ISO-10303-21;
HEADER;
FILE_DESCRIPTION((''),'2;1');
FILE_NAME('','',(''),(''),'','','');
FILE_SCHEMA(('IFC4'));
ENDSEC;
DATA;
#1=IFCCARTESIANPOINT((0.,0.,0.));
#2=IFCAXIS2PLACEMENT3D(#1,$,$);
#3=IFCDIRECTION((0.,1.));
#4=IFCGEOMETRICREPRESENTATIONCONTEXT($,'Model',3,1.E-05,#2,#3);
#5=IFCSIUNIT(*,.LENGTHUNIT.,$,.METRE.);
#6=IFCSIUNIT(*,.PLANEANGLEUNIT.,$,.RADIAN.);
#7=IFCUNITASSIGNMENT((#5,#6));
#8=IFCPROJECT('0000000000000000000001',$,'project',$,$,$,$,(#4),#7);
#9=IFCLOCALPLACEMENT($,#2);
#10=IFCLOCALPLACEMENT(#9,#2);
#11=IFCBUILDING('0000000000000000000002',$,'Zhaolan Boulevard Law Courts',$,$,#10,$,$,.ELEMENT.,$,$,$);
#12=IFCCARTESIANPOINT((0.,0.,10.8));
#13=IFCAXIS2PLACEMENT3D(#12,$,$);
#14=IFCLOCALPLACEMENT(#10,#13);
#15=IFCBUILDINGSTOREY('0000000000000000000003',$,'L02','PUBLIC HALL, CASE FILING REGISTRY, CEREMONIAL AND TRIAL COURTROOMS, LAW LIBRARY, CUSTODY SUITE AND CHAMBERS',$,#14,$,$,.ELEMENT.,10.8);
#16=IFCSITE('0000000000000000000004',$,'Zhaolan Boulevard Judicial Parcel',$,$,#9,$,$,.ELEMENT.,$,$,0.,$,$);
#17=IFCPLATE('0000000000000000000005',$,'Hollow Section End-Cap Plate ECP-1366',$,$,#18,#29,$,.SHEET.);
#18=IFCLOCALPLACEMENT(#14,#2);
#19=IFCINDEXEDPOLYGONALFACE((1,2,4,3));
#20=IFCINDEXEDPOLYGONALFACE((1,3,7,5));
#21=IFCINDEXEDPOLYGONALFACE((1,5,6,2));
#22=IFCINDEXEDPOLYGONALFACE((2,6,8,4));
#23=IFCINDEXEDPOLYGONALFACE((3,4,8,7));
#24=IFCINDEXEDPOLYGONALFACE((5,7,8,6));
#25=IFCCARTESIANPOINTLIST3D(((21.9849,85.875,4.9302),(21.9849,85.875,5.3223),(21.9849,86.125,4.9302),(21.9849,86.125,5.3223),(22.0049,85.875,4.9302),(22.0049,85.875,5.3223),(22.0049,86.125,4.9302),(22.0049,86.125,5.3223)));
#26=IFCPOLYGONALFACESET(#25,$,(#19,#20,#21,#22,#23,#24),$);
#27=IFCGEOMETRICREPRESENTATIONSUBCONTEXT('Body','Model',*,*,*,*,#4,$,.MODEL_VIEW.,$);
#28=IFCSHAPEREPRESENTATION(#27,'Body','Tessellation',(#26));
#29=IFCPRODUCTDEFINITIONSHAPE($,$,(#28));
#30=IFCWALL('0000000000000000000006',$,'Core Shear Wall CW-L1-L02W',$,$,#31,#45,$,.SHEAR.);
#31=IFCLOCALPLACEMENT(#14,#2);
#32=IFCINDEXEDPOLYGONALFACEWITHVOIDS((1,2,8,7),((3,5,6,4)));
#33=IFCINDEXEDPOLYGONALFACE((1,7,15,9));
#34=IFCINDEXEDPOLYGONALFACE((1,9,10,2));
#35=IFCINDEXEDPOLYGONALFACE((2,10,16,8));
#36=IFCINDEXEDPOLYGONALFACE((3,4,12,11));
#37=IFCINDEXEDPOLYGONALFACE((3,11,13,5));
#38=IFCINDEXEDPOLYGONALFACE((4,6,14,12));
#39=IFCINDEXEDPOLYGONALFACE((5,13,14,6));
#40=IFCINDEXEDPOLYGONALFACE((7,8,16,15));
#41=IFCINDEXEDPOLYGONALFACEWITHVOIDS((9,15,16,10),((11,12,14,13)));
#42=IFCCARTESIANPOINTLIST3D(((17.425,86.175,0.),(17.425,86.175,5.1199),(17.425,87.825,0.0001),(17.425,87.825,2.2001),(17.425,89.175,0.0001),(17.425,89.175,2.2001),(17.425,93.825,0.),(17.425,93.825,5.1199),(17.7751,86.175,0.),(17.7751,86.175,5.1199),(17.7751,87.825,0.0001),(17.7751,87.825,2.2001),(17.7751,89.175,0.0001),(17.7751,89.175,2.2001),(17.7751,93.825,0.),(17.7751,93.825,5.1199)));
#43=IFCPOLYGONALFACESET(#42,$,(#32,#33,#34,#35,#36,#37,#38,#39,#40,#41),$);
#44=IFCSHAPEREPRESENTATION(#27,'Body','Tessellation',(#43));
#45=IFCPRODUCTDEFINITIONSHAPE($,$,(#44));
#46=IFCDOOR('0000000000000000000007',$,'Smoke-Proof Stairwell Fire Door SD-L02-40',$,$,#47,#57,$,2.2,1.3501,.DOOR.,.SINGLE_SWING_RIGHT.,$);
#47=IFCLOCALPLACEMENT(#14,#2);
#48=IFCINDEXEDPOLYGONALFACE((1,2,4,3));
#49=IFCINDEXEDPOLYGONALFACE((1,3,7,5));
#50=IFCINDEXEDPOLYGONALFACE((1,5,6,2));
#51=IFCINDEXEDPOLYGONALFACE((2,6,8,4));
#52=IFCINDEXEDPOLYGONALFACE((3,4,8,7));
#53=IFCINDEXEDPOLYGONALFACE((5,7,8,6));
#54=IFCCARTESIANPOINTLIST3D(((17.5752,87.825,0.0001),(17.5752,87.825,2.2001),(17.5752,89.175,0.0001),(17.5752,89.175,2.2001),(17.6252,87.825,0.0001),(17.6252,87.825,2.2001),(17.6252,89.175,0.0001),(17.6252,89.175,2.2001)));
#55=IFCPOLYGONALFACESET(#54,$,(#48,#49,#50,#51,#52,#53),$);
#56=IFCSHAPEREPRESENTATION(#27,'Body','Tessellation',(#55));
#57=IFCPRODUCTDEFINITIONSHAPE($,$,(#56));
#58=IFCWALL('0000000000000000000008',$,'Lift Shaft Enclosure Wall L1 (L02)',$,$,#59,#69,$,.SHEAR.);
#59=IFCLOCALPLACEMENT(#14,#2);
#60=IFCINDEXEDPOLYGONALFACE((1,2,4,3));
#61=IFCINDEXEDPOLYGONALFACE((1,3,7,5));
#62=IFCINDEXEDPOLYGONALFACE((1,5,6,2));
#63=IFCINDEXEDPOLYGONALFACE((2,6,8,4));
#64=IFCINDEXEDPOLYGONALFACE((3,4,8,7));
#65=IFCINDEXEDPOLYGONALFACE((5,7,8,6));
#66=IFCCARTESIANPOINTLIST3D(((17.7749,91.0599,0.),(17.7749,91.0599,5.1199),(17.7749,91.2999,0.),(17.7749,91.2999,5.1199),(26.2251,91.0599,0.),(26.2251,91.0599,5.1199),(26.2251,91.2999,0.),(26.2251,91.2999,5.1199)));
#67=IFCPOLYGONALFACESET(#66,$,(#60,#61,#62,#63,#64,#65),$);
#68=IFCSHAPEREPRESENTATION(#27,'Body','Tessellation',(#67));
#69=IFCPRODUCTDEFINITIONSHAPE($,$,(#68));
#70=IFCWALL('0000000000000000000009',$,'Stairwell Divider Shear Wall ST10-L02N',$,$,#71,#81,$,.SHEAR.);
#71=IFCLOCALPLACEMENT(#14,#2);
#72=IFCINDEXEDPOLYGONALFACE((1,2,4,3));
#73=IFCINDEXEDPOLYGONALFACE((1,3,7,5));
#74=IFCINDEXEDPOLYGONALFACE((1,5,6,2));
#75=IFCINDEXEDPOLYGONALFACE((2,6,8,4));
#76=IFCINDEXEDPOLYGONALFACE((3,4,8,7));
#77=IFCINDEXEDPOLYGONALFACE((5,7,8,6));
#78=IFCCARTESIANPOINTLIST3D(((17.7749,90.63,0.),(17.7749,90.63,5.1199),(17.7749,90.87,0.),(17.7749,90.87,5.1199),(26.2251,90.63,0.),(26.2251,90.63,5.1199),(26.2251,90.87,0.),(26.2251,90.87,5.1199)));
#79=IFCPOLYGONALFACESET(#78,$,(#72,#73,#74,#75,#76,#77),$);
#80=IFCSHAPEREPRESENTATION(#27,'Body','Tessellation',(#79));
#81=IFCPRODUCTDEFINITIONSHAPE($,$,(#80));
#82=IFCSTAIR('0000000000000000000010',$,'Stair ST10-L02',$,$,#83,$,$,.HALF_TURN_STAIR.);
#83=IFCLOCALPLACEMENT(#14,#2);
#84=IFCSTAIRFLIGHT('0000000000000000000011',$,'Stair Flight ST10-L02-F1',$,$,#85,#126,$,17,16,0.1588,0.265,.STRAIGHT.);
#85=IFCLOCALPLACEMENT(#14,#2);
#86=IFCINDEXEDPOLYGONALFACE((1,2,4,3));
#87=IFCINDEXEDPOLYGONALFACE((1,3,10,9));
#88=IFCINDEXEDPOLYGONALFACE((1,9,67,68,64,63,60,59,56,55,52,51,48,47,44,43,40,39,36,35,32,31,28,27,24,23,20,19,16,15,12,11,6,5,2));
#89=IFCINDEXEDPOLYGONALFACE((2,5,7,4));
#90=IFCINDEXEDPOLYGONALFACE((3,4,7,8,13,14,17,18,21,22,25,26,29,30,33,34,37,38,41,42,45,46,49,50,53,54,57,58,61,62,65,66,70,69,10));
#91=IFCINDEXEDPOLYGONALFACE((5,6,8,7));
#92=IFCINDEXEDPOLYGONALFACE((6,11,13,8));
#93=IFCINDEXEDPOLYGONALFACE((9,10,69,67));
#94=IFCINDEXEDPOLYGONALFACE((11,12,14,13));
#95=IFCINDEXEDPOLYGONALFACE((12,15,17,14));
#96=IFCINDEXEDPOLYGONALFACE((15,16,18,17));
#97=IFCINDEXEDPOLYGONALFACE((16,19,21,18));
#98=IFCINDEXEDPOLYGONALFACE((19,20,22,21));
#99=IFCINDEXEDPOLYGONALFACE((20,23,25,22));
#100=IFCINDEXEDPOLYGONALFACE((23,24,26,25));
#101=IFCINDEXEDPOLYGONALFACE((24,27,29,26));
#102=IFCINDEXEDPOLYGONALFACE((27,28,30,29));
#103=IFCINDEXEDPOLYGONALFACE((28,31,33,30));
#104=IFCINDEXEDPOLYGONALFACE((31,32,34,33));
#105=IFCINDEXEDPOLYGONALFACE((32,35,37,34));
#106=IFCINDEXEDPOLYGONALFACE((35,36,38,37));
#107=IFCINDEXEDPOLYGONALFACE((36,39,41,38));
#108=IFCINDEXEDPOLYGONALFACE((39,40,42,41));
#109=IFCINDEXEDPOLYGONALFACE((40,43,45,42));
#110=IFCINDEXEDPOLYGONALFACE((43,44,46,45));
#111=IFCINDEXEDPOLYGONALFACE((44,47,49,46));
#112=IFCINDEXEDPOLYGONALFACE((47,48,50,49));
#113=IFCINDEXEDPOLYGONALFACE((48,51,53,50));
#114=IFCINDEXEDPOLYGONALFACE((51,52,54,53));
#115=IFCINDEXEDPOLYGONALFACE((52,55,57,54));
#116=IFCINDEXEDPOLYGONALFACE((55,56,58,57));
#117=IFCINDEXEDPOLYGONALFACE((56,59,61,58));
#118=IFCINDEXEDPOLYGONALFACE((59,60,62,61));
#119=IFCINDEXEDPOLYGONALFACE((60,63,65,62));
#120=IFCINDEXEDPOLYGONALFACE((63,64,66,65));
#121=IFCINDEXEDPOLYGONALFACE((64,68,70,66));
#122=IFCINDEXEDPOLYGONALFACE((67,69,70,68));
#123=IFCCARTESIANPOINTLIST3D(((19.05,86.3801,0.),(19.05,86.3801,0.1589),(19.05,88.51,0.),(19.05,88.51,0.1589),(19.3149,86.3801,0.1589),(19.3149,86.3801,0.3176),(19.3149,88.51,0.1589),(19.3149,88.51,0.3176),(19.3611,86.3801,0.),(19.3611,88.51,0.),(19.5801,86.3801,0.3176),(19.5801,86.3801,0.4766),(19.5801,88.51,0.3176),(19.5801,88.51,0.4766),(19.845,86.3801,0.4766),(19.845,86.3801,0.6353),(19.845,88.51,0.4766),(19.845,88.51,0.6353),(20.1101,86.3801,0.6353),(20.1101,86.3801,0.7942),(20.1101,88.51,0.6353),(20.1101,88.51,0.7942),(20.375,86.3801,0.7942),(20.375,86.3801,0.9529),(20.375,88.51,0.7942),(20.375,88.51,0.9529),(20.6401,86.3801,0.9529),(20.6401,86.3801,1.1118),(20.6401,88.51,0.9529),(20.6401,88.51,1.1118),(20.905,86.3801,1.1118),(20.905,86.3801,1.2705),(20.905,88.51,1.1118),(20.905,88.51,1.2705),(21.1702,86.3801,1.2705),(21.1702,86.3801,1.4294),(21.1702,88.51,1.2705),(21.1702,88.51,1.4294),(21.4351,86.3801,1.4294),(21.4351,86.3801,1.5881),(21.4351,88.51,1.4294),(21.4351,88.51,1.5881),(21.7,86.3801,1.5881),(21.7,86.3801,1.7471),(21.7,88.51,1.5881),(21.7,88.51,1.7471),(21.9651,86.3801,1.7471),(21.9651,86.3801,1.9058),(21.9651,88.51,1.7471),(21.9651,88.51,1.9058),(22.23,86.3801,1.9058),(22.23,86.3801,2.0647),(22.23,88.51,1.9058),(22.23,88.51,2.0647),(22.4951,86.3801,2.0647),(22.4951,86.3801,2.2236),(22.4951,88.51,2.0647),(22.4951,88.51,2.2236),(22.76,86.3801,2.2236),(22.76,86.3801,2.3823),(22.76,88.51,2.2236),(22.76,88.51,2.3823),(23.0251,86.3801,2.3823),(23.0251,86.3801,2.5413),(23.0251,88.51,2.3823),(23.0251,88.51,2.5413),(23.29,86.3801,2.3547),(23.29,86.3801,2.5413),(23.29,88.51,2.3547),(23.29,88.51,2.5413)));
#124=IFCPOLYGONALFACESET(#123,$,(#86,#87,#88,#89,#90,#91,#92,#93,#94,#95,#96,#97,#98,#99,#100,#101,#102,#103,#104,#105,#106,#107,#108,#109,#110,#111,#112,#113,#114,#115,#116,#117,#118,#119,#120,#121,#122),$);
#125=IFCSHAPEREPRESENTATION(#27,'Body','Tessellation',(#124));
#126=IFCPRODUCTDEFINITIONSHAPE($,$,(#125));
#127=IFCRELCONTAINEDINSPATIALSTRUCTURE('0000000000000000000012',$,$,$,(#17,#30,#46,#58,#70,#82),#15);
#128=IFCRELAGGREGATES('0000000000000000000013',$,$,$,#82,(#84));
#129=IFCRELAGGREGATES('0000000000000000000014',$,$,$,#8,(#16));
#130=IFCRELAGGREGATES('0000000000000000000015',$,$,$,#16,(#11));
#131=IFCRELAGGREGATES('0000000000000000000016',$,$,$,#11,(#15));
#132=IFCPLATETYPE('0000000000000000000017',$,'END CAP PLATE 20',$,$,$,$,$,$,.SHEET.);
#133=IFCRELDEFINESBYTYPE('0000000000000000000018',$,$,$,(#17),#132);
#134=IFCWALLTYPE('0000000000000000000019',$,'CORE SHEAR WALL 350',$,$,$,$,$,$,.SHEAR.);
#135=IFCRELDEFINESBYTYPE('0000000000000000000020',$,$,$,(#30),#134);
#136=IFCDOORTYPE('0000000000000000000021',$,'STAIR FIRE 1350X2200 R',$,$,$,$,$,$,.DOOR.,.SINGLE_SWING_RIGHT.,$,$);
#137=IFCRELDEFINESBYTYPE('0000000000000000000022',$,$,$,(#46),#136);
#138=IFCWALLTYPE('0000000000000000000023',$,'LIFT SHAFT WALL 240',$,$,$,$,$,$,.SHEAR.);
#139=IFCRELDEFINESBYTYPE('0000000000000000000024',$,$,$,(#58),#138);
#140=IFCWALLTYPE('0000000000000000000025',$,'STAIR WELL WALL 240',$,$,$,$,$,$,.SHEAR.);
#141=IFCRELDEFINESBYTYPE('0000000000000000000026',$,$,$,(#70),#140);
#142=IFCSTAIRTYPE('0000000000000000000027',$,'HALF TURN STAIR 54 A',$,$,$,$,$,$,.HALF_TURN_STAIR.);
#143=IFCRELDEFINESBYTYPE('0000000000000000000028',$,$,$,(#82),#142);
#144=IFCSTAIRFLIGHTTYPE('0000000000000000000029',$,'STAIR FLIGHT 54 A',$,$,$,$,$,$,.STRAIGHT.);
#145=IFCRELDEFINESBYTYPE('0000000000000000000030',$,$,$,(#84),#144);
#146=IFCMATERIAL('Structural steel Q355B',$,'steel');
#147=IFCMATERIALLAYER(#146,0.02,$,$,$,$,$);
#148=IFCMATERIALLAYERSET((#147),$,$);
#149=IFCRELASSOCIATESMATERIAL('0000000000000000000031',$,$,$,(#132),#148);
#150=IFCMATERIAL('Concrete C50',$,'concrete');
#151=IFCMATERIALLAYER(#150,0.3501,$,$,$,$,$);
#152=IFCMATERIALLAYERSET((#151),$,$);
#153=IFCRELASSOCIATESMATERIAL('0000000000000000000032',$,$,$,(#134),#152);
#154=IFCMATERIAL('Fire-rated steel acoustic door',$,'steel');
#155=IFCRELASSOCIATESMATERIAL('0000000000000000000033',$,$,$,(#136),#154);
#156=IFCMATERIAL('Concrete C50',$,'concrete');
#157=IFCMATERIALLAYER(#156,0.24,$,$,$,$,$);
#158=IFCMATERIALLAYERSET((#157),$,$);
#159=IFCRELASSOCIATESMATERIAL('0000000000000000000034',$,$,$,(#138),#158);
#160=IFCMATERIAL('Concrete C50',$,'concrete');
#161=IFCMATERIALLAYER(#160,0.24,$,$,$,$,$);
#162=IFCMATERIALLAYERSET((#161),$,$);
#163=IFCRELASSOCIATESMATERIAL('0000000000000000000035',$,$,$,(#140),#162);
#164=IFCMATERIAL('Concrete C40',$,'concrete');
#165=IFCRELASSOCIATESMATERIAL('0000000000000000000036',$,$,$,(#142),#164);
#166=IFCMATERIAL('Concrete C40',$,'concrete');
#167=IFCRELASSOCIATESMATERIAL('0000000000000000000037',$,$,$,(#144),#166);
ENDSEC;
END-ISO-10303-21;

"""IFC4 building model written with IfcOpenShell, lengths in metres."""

from ifc_helpers import new_model, si_unit, direction, frame, frame_2d, origin, origin_2d, place, context, subcontext, project, spatial, polyline, rectangle, outline, extrude, material, layer, layer_set, type_object, element, fill, aggregate, save


model = new_model("IFC4")

# Units and contexts
model_context = context("Model", 3, precision=1e-05, world=origin(), true_north=direction((0.0, 1.0)))
body_context = subcontext(model_context, "Body", "Model", "MODEL_VIEW")
ifc_project = project(units=[si_unit("LENGTHUNIT", "METRE"), si_unit("PLANEANGLEUNIT", "RADIAN")], contexts=[model_context])

# Site, building, storey
site_placement = place(None, origin())
site = spatial("IfcSite", under=ifc_project, at=site_placement, Name="Zhaolan Boulevard Judicial Parcel", CompositionType="ELEMENT", RefElevation=0.0)
building_placement = place(site_placement, origin())
building = spatial("IfcBuilding", under=site, at=building_placement, Name="Zhaolan Boulevard Law Courts", CompositionType="ELEMENT")
storey_placement = place(building_placement, frame((0.0, 0.0, 10.8)))
storey = spatial("IfcBuildingStorey", under=building, at=storey_placement, Name="L02", Description="PUBLIC HALL, CASE FILING REGISTRY, CEREMONIAL AND TRIAL COURTROOMS, LAW LIBRARY, CUSTODY SUITE AND CHAMBERS", CompositionType="ELEMENT", Elevation=10.8)

# Plate
ifc_material_1 = material(Name="Structural steel Q355B", Category="steel")
ifc_layer_1 = layer(ifc_material_1, 0.02)
ifc_layer_set_1 = layer_set([ifc_layer_1])
plate_type_1 = type_object("IfcPlateType", Name="END CAP PLATE 20", PredefinedType="SHEET", material=ifc_layer_set_1)
plate_1_placement = place(storey_placement, frame((21.9949, 86.0, 4.9302), z_axis=(0.0, 0.0, 1.0), x_axis=(-1.0, 0.0, 0.0)))
element("IfcPlate", 1, at=plate_1_placement, inside=storey, type_object=plate_type_1, Name="Hollow Section End-Cap Plate ECP-1366", PredefinedType="SHEET", context=body_context, shape_type="SweptSolid", body=[
    extrude(rectangle(XDim=0.02, YDim=0.25, at=origin_2d()), origin(), (0.0, 0.0, 1.0), 0.3921),
])

# Wall, opening, door
ifc_material_2 = material(Name="Concrete C50", Category="concrete")
ifc_layer_2 = layer(ifc_material_2, 0.3501)
ifc_layer_set_2 = layer_set([ifc_layer_2])
wall_type_1 = type_object("IfcWallType", Name="CORE SHEAR WALL 350", PredefinedType="SHEAR", material=ifc_layer_set_2)
wall_1_placement = place(storey_placement, frame((17.6001, 86.175, 0.0), z_axis=(0.0, 0.0, 1.0), x_axis=(0.0, 1.0, 0.0)))
wall_1 = element("IfcWall", 2, at=wall_1_placement, inside=storey, type_object=wall_type_1, Name="Core Shear Wall CW-L1-L02W", PredefinedType="SHEAR", context=body_context, shape_type="SweptSolid", body=[
    extrude(rectangle(XDim=7.6499, YDim=0.3501, at=frame_2d((3.825, 0.0))), origin(), (0.0, 0.0, 1.0), 5.1199),
])
opening_placement = place(wall_1_placement, frame((1.6499, 0.0, 0.0)))
opening = element("IfcOpeningElement", 3, at=opening_placement, cuts=wall_1, PredefinedType="OPENING", context=body_context, shape_type="SweptSolid", body=[
    extrude(rectangle(XDim=1.3501, YDim=2.2, at=frame_2d((0.675, 1.1001))), frame((0.0, 0.1851, 0.0), z_axis=(0.0, -1.0, 0.0), x_axis=(1.0, 0.0, 0.0)), (0.0, 0.0, 1.0), 0.3701),
])
ifc_material_3 = material(Name="Fire-rated steel acoustic door", Category="steel")
door_type = type_object("IfcDoorType", Name="STAIR FIRE 1350X2200 R", OperationType="SINGLE_SWING_RIGHT", PredefinedType="DOOR", material=ifc_material_3)
door_placement = place(opening_placement, origin())
door = element("IfcDoor", 4, at=door_placement, inside=storey, type_object=door_type, Name="Smoke-Proof Stairwell Fire Door SD-L02-40", OperationType="SINGLE_SWING_RIGHT", OverallHeight=2.2, OverallWidth=1.3501, PredefinedType="DOOR", context=body_context, shape_type="SweptSolid", body=[
    extrude(rectangle(XDim=1.3501, YDim=2.2, at=frame_2d((0.675, 1.1001))), frame((0.0, 0.0249, 0.0), z_axis=(0.0, -1.0, 0.0), x_axis=(1.0, 0.0, 0.0)), (0.0, 0.0, 1.0), 0.05),
])
fill(opening, door)

# Walls
ifc_material_4 = material(Name="Concrete C50", Category="concrete")
ifc_layer_3 = layer(ifc_material_4, 0.24)
ifc_layer_set_3 = layer_set([ifc_layer_3])
wall_type_2 = type_object("IfcWallType", Name="LIFT SHAFT WALL 240", PredefinedType="SHEAR", material=ifc_layer_set_3)
wall_2_placement = place(storey_placement, frame((17.7749, 91.1799, 0.0), z_axis=(0.0, 0.0, 1.0), x_axis=(1.0, 0.0, 0.0)))
element("IfcWall", 5, at=wall_2_placement, inside=storey, type_object=wall_type_2, Name="Lift Shaft Enclosure Wall L1 (L02)", PredefinedType="SHEAR", context=body_context, shape_type="SweptSolid", body=[
    extrude(rectangle(XDim=8.4502, YDim=0.24, at=frame_2d((4.2251, 0.0))), origin(), (0.0, 0.0, 1.0), 5.1199),
])
ifc_material_5 = material(Name="Concrete C50", Category="concrete")
ifc_layer_4 = layer(ifc_material_5, 0.24)
ifc_layer_set_4 = layer_set([ifc_layer_4])
wall_type_3 = type_object("IfcWallType", Name="STAIR WELL WALL 240", PredefinedType="SHEAR", material=ifc_layer_set_4)
wall_3_placement = place(storey_placement, frame((17.7749, 90.75, 0.0), z_axis=(0.0, 0.0, 1.0), x_axis=(1.0, 0.0, 0.0)))
element("IfcWall", 6, at=wall_3_placement, inside=storey, type_object=wall_type_3, Name="Stairwell Divider Shear Wall ST10-L02N", PredefinedType="SHEAR", context=body_context, shape_type="SweptSolid", body=[
    extrude(rectangle(XDim=8.4502, YDim=0.24, at=frame_2d((4.2251, 0.0))), origin(), (0.0, 0.0, 1.0), 5.1199),
])

# Stair, stair flight
ifc_material_6 = material(Name="Concrete C40", Category="concrete")
stair_type = type_object("IfcStairType", Name="HALF TURN STAIR 54 A", PredefinedType="HALF_TURN_STAIR", material=ifc_material_6)
stair_placement = place(storey_placement, origin())
stair = element("IfcStair", 7, at=stair_placement, inside=storey, type_object=stair_type, Name="Stair ST10-L02", PredefinedType="HALF_TURN_STAIR")
ifc_material_7 = material(Name="Concrete C40", Category="concrete")
stair_flight_type = type_object("IfcStairFlightType", Name="STAIR FLIGHT 54 A", PredefinedType="STRAIGHT", material=ifc_material_7)
stair_flight_placement = place(storey_placement, frame((19.05, 87.4451, 0.0), z_axis=(0.0, 0.0, 1.0), x_axis=(1.0, 0.0, 0.0)))
stair_flight = element("IfcStairFlight", 8, at=stair_flight_placement, type_object=stair_flight_type, Name="Stair Flight ST10-L02-F1", NumberOfRisers=17, NumberOfTreads=16, PredefinedType="STRAIGHT", RiserHeight=0.1588, TreadLength=0.265, context=body_context, shape_type="SweptSolid", body=[
    extrude(outline(polyline([(0.0, 0.0), (0.0, 0.1589), (0.2649, 0.1589), (0.2649, 0.3176), (0.53, 0.3176), (0.53, 0.4766), (0.7949, 0.4766), (0.7949, 0.6353), (1.0601, 0.6353), (1.0601, 0.7942), (1.325, 0.7942), (1.325, 0.9529), (1.5901, 0.9529), (1.5901, 1.1118), (1.855, 1.1118), (1.855, 1.2705), (2.1201, 1.2705), (2.1201, 1.4294), (2.385, 1.4294), (2.385, 1.5881), (2.6499, 1.5881), (2.6499, 1.7471), (2.915, 1.7471), (2.915, 1.9058), (3.1799, 1.9058), (3.1799, 2.0647), (3.4451, 2.0647), (3.4451, 2.2236), (3.71, 2.2236), (3.71, 2.3823), (3.9751, 2.3823), (3.9751, 2.5413), (4.24, 2.5413), (4.24, 2.7), (4.24, 2.3547), (0.311, 0.0), (0.0, 0.0)])), frame((0.0, 1.0649, 0.0), z_axis=(0.0, -1.0, 0.0), x_axis=(1.0, 0.0, 0.0)), (0.0, 0.0, 1.0), 2.1299),
])
aggregate(stair, [stair_flight])

save(model, "model.ifc")
